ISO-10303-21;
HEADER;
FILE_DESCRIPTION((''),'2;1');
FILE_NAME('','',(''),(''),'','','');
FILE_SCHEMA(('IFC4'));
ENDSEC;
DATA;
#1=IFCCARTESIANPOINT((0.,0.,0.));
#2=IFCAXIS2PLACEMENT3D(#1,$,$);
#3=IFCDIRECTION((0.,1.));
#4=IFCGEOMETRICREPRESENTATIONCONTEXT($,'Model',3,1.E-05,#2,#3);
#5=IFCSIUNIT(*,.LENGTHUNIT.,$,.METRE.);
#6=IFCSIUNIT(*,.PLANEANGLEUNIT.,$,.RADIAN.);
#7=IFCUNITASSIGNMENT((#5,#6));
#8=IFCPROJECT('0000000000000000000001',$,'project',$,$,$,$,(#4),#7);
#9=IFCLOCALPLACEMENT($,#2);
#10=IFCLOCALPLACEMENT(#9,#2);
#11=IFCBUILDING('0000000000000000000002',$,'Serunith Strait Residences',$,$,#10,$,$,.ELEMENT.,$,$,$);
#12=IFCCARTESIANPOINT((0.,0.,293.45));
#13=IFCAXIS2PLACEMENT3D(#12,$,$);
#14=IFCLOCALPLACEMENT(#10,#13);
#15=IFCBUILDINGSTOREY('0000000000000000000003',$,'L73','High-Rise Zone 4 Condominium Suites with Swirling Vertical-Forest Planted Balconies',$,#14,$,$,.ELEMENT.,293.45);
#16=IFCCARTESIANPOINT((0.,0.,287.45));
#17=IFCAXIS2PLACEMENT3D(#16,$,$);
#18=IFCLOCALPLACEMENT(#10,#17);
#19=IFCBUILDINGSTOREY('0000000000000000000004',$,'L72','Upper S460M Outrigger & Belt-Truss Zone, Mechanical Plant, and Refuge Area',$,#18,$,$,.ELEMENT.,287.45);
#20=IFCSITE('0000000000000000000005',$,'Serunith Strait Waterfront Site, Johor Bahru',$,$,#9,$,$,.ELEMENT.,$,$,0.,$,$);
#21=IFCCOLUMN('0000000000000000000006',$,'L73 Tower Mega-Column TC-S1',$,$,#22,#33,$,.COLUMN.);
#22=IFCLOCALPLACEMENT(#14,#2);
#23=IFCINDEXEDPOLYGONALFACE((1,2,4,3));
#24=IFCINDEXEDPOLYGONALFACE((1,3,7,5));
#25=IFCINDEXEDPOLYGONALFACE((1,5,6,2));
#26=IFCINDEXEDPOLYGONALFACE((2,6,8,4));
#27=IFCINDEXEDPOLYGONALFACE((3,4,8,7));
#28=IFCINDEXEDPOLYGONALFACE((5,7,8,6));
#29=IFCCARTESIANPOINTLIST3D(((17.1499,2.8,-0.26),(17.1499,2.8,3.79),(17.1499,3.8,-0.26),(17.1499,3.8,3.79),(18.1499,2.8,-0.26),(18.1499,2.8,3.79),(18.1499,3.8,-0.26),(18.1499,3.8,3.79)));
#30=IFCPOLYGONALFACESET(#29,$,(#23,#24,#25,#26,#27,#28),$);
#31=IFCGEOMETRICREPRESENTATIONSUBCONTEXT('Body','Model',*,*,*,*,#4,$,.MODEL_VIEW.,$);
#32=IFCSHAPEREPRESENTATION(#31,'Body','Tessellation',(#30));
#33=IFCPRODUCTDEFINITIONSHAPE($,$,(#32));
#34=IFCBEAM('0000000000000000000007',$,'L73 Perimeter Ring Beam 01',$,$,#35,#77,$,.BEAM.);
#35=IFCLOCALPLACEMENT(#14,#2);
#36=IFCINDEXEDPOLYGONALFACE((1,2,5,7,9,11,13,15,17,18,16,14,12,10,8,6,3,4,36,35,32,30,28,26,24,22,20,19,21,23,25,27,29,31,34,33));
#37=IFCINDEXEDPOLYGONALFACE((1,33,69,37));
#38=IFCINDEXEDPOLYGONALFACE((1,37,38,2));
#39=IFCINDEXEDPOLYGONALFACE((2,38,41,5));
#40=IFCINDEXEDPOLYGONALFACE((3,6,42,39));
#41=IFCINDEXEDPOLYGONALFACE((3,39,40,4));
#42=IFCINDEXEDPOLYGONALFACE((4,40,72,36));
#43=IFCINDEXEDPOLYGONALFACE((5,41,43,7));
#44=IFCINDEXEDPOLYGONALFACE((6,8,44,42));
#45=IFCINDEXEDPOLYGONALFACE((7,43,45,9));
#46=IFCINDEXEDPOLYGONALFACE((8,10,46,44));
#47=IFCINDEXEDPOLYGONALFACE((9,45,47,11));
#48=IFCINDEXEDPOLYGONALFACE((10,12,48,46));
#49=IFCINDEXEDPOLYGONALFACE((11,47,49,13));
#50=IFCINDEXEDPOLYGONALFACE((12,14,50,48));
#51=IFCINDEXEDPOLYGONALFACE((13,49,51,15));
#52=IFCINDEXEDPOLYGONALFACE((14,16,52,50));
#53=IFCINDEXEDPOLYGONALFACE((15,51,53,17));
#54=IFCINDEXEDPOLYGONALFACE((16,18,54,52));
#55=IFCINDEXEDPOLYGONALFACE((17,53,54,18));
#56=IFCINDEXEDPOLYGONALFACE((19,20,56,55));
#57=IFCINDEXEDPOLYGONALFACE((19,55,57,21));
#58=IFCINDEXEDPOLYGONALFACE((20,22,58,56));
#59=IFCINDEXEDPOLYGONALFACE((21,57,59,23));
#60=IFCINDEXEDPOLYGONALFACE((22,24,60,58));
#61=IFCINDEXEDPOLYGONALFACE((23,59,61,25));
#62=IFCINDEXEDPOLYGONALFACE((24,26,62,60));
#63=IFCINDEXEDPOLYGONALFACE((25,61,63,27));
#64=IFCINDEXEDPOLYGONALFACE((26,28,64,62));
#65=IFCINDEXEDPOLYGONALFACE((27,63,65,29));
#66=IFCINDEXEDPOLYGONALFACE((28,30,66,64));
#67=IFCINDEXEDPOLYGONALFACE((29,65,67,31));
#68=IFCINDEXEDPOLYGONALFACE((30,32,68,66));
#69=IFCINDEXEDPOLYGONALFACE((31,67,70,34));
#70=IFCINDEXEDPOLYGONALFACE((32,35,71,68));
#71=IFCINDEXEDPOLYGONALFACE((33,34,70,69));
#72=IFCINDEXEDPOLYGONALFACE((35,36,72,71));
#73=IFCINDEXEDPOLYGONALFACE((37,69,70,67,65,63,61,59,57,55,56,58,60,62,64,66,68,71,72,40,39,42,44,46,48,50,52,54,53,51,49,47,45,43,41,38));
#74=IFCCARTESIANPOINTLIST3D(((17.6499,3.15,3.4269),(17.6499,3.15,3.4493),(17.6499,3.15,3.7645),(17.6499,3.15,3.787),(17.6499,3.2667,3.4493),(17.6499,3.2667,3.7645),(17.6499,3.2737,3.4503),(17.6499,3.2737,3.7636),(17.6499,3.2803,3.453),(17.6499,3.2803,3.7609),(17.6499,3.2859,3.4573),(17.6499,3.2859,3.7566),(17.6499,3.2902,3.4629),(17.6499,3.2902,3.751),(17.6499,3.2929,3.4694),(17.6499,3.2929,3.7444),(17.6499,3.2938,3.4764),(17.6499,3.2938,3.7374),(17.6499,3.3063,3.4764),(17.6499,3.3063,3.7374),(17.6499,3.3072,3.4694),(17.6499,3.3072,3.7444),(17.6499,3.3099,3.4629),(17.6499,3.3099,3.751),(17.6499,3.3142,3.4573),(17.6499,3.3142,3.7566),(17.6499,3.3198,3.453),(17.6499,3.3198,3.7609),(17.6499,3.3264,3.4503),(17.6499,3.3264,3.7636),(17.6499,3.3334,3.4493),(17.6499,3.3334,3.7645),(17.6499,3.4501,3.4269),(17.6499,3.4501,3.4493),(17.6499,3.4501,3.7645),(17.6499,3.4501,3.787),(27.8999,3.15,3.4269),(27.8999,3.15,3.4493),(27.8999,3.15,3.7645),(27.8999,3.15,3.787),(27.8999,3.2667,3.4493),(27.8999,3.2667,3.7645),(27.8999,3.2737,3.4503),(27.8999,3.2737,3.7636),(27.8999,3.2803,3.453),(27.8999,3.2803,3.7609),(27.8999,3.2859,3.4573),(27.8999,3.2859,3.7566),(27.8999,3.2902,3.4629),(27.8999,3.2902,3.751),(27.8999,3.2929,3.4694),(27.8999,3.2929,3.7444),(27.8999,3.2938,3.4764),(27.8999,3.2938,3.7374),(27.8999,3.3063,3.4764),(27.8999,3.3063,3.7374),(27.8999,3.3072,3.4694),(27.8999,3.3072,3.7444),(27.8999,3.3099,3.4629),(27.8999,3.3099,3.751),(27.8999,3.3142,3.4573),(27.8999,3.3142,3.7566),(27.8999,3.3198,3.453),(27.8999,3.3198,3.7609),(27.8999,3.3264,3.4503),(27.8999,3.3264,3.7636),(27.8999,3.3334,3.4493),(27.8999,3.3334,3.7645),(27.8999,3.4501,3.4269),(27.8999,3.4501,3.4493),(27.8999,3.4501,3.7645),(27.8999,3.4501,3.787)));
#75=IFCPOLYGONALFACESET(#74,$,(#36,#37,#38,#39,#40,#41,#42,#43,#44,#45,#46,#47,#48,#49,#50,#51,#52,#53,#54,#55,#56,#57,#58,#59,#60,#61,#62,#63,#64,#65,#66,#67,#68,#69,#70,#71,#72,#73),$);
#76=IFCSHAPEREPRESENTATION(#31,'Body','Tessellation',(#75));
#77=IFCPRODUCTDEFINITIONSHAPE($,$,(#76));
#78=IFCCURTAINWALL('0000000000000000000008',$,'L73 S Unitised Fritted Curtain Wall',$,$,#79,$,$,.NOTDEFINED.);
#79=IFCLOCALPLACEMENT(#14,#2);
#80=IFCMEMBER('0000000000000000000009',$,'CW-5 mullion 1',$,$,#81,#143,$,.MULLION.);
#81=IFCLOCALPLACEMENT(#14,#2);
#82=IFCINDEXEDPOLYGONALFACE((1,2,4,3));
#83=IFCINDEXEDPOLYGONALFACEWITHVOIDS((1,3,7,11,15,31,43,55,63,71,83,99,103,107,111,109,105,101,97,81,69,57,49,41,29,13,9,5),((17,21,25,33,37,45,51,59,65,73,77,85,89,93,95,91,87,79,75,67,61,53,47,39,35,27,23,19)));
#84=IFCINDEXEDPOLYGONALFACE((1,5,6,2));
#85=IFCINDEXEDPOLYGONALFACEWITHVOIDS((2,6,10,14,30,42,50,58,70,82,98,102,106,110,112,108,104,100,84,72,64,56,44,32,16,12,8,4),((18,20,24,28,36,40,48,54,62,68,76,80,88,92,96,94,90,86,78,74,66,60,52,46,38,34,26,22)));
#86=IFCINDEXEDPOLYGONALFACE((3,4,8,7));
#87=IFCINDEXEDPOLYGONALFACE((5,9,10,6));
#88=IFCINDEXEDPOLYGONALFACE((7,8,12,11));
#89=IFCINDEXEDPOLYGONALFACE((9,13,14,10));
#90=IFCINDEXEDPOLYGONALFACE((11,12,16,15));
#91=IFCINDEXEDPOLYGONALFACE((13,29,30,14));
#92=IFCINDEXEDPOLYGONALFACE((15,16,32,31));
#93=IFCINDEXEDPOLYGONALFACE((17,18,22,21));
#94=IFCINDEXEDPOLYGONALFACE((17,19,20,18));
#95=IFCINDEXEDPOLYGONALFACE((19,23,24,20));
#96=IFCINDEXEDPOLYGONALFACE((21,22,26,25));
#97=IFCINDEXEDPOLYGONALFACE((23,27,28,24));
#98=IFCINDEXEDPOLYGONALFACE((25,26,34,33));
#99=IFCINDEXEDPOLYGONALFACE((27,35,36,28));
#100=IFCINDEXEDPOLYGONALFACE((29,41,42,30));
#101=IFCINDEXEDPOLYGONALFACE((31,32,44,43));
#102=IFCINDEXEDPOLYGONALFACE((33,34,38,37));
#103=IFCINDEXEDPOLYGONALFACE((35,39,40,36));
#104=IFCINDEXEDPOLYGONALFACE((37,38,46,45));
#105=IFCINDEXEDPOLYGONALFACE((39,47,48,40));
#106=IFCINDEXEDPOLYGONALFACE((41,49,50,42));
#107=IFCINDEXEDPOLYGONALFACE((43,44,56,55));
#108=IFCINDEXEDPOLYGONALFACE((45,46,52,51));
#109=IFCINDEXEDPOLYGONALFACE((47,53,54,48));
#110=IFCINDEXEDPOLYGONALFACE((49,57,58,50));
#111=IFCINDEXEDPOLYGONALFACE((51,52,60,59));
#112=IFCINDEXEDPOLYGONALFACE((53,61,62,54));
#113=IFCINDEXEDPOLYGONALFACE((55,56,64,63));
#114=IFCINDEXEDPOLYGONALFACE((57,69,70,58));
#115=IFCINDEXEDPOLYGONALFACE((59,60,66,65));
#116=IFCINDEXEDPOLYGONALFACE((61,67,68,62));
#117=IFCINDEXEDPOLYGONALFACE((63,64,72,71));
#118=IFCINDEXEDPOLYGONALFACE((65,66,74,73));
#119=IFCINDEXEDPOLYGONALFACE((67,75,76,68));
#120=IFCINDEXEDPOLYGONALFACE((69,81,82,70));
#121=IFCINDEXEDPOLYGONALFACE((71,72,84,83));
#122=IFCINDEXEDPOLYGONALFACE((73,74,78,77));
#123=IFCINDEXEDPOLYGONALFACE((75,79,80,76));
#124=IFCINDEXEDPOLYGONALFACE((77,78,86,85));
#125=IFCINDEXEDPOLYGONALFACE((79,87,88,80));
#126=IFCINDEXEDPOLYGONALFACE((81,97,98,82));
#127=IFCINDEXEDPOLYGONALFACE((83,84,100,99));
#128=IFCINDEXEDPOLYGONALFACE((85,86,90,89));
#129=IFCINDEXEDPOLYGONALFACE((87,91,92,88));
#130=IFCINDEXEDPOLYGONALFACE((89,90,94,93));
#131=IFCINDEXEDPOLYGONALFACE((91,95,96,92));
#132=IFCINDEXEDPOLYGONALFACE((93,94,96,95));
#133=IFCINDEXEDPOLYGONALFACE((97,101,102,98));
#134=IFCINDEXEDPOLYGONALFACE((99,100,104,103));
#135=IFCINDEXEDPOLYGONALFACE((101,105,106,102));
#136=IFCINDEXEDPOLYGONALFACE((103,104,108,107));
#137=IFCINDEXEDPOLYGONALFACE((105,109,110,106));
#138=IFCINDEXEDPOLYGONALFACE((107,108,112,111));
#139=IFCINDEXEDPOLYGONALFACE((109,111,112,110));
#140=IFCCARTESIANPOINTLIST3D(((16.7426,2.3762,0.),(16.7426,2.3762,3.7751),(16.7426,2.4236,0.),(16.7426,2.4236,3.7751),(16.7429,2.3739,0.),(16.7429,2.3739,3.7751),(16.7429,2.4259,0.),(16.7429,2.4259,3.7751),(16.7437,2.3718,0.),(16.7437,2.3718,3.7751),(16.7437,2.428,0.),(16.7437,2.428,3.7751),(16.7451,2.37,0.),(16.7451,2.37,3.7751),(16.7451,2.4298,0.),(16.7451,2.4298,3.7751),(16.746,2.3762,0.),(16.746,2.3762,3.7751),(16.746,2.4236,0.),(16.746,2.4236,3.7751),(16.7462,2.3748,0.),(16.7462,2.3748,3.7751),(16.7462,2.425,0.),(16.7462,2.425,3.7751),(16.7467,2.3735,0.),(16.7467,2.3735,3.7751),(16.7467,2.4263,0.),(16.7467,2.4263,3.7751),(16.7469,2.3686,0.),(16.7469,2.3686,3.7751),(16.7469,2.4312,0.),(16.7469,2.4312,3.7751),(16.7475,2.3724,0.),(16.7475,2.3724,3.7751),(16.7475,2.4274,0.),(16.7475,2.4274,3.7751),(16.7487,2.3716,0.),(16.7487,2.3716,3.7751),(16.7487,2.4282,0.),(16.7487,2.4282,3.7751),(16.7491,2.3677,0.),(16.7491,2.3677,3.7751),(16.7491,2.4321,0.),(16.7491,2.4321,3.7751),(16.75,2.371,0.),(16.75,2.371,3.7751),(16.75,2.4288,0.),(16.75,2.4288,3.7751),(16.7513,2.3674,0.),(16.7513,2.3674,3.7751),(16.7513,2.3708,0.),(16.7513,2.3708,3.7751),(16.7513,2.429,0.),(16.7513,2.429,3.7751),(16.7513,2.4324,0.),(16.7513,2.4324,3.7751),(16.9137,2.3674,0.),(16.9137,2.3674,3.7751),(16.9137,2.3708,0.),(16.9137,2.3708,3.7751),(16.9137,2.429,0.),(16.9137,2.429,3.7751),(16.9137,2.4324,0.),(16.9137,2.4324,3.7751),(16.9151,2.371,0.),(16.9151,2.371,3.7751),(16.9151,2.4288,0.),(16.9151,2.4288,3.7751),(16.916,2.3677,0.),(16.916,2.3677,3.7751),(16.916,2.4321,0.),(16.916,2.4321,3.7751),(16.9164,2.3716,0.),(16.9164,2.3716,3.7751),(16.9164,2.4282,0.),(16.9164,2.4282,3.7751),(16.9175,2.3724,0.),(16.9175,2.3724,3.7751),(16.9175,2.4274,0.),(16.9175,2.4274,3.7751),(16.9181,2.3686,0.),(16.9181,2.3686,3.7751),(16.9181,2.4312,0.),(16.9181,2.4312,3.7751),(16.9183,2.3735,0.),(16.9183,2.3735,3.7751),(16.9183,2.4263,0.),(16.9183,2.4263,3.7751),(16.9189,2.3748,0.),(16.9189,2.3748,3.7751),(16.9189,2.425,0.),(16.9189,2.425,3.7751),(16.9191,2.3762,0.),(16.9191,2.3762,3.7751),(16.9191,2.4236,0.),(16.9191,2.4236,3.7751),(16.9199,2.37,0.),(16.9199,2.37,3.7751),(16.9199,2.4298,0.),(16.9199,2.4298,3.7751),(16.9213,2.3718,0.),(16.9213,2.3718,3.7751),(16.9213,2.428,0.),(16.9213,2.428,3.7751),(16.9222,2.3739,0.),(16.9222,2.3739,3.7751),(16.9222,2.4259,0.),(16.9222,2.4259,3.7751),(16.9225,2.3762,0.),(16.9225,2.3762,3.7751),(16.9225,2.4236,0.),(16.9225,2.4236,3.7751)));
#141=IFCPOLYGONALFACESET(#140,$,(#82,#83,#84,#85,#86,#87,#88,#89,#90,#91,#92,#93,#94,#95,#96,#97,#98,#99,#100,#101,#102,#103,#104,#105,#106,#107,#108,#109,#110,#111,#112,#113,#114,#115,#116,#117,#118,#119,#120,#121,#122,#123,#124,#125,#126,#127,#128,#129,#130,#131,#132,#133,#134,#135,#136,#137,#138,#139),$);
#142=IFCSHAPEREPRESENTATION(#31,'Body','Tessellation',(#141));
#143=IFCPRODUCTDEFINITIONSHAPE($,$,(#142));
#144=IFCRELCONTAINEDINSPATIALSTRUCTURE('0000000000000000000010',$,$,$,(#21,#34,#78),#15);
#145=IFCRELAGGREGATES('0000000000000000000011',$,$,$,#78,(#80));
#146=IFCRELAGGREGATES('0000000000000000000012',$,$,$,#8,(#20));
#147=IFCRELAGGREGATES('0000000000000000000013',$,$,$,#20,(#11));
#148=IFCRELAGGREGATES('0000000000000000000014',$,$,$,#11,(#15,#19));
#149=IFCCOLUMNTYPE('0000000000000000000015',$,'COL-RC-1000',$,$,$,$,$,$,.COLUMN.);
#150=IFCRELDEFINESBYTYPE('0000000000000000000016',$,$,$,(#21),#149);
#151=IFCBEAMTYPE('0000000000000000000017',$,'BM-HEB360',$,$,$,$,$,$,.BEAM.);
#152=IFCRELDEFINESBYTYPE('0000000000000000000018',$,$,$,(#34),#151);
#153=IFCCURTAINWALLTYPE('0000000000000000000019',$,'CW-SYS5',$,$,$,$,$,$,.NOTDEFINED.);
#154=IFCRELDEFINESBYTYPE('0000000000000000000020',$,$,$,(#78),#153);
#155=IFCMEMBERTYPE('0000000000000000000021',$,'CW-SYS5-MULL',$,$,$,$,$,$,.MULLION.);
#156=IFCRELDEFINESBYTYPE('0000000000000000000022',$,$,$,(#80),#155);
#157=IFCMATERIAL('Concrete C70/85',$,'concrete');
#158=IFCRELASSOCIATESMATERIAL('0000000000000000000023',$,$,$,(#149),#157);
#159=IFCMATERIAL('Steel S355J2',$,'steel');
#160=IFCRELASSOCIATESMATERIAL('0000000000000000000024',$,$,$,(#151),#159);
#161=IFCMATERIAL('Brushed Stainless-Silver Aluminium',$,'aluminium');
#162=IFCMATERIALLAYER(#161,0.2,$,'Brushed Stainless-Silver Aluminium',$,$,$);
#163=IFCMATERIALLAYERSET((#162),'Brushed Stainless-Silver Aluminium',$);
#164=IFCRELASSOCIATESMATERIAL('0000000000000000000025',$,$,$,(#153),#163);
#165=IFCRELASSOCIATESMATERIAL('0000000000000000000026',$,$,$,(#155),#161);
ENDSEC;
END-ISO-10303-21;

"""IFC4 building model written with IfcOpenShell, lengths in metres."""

from ifc_helpers import new_model, si_unit, direction, frame, origin, origin_2d, place, context, subcontext, project, spatial, rectangle, hollow_rectangle, i_section, extrude, source, transform, mapped, material, layer, layer_set, material_profile, profile_set, type_object, element, aggregate, save


model = new_model("IFC4")

# Units and contexts
model_context = context("Model", 3, precision=1e-05, world=origin(), true_north=direction((0.0, 1.0)))
body_context = subcontext(model_context, "Body", "Model", "MODEL_VIEW")
ifc_project = project(units=[si_unit("LENGTHUNIT", "METRE"), si_unit("PLANEANGLEUNIT", "RADIAN")], contexts=[model_context])

# Site, building, storey
site_placement = place(None, origin())
site = spatial("IfcSite", under=ifc_project, at=site_placement, Name="Serunith Strait Waterfront Site, Johor Bahru", CompositionType="ELEMENT", RefElevation=0.0)
building_placement = place(site_placement, origin())
building = spatial("IfcBuilding", under=site, at=building_placement, Name="Serunith Strait Residences", CompositionType="ELEMENT")
storey_1_placement = place(building_placement, frame((0.0, 0.0, 293.45)))
storey_1 = spatial("IfcBuildingStorey", under=building, at=storey_1_placement, Name="L73", Description="High-Rise Zone 4 Condominium Suites with Swirling Vertical-Forest Planted Balconies", CompositionType="ELEMENT", Elevation=293.45)

# Column
ifc_material_1 = material(Name="Concrete C70/85", Category="concrete")
ifc_material_profile_1 = material_profile(ifc_material_1, rectangle(XDim=1.0, YDim=1.0, at=origin_2d()), Name="RC 1000x1000")
ifc_profile_set_1 = profile_set([ifc_material_profile_1], Name="Concrete C70/85")
column_type = type_object("IfcColumnType", Name="COL-RC-1000", PredefinedType="COLUMN", material=ifc_profile_set_1)
shared_shape_1 = source(origin(), body_context, "Body", "SweptSolid", [
    extrude(rectangle(XDim=1.0, YDim=1.0, at=origin_2d()), origin(), (0.0, 0.0, 1.0), 4.05),
])
column_placement = place(storey_1_placement, frame((17.6499, 3.3, -0.26), z_axis=(0.0, 0.0, 1.0), x_axis=(1.0, 0.0, 0.0)))
element("IfcColumn", 1, at=column_placement, inside=storey_1, type_object=column_type, Name="L73 Tower Mega-Column TC-S1", PredefinedType="COLUMN", context=body_context, shape_type="MappedRepresentation", body=[
    mapped(shared_shape_1, transform((0.0, 0.0, 0.0), scale=1.0)),
])

# Beam
ifc_material_2 = material(Name="Steel S355J2", Category="steel")
ifc_material_profile_2 = material_profile(ifc_material_2, i_section(OverallWidth=0.3, OverallDepth=0.3601, WebThickness=0.0125, FlangeThickness=0.0225, FilletRadius=0.0271, at=origin_2d()), Name="HEB 360")
ifc_profile_set_2 = profile_set([ifc_material_profile_2], Name="Steel S355J2")
beam_type = type_object("IfcBeamType", Name="BM-HEB360", PredefinedType="BEAM", material=ifc_profile_set_2)
shared_shape_2 = source(origin(), body_context, "Body", "SweptSolid", [
    extrude(i_section(OverallWidth=0.3, OverallDepth=0.3601, WebThickness=0.0125, FlangeThickness=0.0225, FilletRadius=0.0271, at=origin_2d()), origin(), (0.0, 0.0, 1.0), 10.25),
])
beam_placement = place(storey_1_placement, frame((17.6499, 3.3, 3.6069), z_axis=(1.0, 0.0, 0.0), x_axis=(0.0, 1.0, 0.0)))
element("IfcBeam", 2, at=beam_placement, inside=storey_1, type_object=beam_type, Name="L73 Perimeter Ring Beam 01", PredefinedType="BEAM", context=body_context, shape_type="MappedRepresentation", body=[
    mapped(shared_shape_2, transform((0.0, 0.0, 0.0), scale=1.0)),
])

# Curtain wall, member
ifc_material_3 = material(Name="Brushed Stainless-Silver Aluminium", Category="aluminium")
ifc_layer_1 = layer(ifc_material_3, 0.2, Name="Brushed Stainless-Silver Aluminium")
ifc_layer_set_1 = layer_set([ifc_layer_1], Name="Brushed Stainless-Silver Aluminium")
curtain_wall_type = type_object("IfcCurtainWallType", Name="CW-SYS5", PredefinedType="NOTDEFINED", material=ifc_layer_set_1)
curtain_wall_1_placement = place(storey_1_placement, origin())
curtain_wall_1 = element("IfcCurtainWall", 3, at=curtain_wall_1_placement, inside=storey_1, type_object=curtain_wall_type, Name="L73 S Unitised Fritted Curtain Wall", PredefinedType="NOTDEFINED")
ifc_material_profile_3 = material_profile(ifc_material_3, hollow_rectangle(XDim=0.0649, YDim=0.1799, WallThickness=0.0034, InnerFilletRadius=0.0054, OuterFilletRadius=0.0088, at=origin_2d()), Name="ALU 180x65x3.5")
ifc_profile_set_3 = profile_set([ifc_material_profile_3], Name="Brushed Stainless-Silver Aluminium")
member_type_1 = type_object("IfcMemberType", Name="CW-SYS5-MULL", PredefinedType="MULLION", material=ifc_profile_set_3)
shared_shape_3 = source(origin(), body_context, "Body", "SweptSolid", [
    extrude(hollow_rectangle(XDim=0.0649, YDim=0.1799, WallThickness=0.0034, InnerFilletRadius=0.0054, OuterFilletRadius=0.0088, at=origin_2d()), origin(), (0.0, 0.0, 1.0), 3.7751),
])
member_1_placement = place(storey_1_placement, frame((16.8325, 2.3999, 0.0), z_axis=(0.0, 0.0, 1.0), x_axis=(0.0, 1.0, 0.0)))
member_1 = element("IfcMember", 4, at=member_1_placement, type_object=member_type_1, Name="CW-5 mullion 1", PredefinedType="MULLION", context=body_context, shape_type="MappedRepresentation", body=[
    mapped(shared_shape_3, transform((0.0, 0.0, 0.0), scale=1.0)),
])

aggregate(curtain_wall_1, [member_1])

# Shared definitions
storey_2_placement = place(building_placement, frame((0.0, 0.0, 287.45)))
storey_2 = spatial("IfcBuildingStorey", under=building, at=storey_2_placement, Name="L72", Description="Upper S460M Outrigger & Belt-Truss Zone, Mechanical Plant, and Refuge Area", CompositionType="ELEMENT", Elevation=287.45)

save(model, "model.ifc")
